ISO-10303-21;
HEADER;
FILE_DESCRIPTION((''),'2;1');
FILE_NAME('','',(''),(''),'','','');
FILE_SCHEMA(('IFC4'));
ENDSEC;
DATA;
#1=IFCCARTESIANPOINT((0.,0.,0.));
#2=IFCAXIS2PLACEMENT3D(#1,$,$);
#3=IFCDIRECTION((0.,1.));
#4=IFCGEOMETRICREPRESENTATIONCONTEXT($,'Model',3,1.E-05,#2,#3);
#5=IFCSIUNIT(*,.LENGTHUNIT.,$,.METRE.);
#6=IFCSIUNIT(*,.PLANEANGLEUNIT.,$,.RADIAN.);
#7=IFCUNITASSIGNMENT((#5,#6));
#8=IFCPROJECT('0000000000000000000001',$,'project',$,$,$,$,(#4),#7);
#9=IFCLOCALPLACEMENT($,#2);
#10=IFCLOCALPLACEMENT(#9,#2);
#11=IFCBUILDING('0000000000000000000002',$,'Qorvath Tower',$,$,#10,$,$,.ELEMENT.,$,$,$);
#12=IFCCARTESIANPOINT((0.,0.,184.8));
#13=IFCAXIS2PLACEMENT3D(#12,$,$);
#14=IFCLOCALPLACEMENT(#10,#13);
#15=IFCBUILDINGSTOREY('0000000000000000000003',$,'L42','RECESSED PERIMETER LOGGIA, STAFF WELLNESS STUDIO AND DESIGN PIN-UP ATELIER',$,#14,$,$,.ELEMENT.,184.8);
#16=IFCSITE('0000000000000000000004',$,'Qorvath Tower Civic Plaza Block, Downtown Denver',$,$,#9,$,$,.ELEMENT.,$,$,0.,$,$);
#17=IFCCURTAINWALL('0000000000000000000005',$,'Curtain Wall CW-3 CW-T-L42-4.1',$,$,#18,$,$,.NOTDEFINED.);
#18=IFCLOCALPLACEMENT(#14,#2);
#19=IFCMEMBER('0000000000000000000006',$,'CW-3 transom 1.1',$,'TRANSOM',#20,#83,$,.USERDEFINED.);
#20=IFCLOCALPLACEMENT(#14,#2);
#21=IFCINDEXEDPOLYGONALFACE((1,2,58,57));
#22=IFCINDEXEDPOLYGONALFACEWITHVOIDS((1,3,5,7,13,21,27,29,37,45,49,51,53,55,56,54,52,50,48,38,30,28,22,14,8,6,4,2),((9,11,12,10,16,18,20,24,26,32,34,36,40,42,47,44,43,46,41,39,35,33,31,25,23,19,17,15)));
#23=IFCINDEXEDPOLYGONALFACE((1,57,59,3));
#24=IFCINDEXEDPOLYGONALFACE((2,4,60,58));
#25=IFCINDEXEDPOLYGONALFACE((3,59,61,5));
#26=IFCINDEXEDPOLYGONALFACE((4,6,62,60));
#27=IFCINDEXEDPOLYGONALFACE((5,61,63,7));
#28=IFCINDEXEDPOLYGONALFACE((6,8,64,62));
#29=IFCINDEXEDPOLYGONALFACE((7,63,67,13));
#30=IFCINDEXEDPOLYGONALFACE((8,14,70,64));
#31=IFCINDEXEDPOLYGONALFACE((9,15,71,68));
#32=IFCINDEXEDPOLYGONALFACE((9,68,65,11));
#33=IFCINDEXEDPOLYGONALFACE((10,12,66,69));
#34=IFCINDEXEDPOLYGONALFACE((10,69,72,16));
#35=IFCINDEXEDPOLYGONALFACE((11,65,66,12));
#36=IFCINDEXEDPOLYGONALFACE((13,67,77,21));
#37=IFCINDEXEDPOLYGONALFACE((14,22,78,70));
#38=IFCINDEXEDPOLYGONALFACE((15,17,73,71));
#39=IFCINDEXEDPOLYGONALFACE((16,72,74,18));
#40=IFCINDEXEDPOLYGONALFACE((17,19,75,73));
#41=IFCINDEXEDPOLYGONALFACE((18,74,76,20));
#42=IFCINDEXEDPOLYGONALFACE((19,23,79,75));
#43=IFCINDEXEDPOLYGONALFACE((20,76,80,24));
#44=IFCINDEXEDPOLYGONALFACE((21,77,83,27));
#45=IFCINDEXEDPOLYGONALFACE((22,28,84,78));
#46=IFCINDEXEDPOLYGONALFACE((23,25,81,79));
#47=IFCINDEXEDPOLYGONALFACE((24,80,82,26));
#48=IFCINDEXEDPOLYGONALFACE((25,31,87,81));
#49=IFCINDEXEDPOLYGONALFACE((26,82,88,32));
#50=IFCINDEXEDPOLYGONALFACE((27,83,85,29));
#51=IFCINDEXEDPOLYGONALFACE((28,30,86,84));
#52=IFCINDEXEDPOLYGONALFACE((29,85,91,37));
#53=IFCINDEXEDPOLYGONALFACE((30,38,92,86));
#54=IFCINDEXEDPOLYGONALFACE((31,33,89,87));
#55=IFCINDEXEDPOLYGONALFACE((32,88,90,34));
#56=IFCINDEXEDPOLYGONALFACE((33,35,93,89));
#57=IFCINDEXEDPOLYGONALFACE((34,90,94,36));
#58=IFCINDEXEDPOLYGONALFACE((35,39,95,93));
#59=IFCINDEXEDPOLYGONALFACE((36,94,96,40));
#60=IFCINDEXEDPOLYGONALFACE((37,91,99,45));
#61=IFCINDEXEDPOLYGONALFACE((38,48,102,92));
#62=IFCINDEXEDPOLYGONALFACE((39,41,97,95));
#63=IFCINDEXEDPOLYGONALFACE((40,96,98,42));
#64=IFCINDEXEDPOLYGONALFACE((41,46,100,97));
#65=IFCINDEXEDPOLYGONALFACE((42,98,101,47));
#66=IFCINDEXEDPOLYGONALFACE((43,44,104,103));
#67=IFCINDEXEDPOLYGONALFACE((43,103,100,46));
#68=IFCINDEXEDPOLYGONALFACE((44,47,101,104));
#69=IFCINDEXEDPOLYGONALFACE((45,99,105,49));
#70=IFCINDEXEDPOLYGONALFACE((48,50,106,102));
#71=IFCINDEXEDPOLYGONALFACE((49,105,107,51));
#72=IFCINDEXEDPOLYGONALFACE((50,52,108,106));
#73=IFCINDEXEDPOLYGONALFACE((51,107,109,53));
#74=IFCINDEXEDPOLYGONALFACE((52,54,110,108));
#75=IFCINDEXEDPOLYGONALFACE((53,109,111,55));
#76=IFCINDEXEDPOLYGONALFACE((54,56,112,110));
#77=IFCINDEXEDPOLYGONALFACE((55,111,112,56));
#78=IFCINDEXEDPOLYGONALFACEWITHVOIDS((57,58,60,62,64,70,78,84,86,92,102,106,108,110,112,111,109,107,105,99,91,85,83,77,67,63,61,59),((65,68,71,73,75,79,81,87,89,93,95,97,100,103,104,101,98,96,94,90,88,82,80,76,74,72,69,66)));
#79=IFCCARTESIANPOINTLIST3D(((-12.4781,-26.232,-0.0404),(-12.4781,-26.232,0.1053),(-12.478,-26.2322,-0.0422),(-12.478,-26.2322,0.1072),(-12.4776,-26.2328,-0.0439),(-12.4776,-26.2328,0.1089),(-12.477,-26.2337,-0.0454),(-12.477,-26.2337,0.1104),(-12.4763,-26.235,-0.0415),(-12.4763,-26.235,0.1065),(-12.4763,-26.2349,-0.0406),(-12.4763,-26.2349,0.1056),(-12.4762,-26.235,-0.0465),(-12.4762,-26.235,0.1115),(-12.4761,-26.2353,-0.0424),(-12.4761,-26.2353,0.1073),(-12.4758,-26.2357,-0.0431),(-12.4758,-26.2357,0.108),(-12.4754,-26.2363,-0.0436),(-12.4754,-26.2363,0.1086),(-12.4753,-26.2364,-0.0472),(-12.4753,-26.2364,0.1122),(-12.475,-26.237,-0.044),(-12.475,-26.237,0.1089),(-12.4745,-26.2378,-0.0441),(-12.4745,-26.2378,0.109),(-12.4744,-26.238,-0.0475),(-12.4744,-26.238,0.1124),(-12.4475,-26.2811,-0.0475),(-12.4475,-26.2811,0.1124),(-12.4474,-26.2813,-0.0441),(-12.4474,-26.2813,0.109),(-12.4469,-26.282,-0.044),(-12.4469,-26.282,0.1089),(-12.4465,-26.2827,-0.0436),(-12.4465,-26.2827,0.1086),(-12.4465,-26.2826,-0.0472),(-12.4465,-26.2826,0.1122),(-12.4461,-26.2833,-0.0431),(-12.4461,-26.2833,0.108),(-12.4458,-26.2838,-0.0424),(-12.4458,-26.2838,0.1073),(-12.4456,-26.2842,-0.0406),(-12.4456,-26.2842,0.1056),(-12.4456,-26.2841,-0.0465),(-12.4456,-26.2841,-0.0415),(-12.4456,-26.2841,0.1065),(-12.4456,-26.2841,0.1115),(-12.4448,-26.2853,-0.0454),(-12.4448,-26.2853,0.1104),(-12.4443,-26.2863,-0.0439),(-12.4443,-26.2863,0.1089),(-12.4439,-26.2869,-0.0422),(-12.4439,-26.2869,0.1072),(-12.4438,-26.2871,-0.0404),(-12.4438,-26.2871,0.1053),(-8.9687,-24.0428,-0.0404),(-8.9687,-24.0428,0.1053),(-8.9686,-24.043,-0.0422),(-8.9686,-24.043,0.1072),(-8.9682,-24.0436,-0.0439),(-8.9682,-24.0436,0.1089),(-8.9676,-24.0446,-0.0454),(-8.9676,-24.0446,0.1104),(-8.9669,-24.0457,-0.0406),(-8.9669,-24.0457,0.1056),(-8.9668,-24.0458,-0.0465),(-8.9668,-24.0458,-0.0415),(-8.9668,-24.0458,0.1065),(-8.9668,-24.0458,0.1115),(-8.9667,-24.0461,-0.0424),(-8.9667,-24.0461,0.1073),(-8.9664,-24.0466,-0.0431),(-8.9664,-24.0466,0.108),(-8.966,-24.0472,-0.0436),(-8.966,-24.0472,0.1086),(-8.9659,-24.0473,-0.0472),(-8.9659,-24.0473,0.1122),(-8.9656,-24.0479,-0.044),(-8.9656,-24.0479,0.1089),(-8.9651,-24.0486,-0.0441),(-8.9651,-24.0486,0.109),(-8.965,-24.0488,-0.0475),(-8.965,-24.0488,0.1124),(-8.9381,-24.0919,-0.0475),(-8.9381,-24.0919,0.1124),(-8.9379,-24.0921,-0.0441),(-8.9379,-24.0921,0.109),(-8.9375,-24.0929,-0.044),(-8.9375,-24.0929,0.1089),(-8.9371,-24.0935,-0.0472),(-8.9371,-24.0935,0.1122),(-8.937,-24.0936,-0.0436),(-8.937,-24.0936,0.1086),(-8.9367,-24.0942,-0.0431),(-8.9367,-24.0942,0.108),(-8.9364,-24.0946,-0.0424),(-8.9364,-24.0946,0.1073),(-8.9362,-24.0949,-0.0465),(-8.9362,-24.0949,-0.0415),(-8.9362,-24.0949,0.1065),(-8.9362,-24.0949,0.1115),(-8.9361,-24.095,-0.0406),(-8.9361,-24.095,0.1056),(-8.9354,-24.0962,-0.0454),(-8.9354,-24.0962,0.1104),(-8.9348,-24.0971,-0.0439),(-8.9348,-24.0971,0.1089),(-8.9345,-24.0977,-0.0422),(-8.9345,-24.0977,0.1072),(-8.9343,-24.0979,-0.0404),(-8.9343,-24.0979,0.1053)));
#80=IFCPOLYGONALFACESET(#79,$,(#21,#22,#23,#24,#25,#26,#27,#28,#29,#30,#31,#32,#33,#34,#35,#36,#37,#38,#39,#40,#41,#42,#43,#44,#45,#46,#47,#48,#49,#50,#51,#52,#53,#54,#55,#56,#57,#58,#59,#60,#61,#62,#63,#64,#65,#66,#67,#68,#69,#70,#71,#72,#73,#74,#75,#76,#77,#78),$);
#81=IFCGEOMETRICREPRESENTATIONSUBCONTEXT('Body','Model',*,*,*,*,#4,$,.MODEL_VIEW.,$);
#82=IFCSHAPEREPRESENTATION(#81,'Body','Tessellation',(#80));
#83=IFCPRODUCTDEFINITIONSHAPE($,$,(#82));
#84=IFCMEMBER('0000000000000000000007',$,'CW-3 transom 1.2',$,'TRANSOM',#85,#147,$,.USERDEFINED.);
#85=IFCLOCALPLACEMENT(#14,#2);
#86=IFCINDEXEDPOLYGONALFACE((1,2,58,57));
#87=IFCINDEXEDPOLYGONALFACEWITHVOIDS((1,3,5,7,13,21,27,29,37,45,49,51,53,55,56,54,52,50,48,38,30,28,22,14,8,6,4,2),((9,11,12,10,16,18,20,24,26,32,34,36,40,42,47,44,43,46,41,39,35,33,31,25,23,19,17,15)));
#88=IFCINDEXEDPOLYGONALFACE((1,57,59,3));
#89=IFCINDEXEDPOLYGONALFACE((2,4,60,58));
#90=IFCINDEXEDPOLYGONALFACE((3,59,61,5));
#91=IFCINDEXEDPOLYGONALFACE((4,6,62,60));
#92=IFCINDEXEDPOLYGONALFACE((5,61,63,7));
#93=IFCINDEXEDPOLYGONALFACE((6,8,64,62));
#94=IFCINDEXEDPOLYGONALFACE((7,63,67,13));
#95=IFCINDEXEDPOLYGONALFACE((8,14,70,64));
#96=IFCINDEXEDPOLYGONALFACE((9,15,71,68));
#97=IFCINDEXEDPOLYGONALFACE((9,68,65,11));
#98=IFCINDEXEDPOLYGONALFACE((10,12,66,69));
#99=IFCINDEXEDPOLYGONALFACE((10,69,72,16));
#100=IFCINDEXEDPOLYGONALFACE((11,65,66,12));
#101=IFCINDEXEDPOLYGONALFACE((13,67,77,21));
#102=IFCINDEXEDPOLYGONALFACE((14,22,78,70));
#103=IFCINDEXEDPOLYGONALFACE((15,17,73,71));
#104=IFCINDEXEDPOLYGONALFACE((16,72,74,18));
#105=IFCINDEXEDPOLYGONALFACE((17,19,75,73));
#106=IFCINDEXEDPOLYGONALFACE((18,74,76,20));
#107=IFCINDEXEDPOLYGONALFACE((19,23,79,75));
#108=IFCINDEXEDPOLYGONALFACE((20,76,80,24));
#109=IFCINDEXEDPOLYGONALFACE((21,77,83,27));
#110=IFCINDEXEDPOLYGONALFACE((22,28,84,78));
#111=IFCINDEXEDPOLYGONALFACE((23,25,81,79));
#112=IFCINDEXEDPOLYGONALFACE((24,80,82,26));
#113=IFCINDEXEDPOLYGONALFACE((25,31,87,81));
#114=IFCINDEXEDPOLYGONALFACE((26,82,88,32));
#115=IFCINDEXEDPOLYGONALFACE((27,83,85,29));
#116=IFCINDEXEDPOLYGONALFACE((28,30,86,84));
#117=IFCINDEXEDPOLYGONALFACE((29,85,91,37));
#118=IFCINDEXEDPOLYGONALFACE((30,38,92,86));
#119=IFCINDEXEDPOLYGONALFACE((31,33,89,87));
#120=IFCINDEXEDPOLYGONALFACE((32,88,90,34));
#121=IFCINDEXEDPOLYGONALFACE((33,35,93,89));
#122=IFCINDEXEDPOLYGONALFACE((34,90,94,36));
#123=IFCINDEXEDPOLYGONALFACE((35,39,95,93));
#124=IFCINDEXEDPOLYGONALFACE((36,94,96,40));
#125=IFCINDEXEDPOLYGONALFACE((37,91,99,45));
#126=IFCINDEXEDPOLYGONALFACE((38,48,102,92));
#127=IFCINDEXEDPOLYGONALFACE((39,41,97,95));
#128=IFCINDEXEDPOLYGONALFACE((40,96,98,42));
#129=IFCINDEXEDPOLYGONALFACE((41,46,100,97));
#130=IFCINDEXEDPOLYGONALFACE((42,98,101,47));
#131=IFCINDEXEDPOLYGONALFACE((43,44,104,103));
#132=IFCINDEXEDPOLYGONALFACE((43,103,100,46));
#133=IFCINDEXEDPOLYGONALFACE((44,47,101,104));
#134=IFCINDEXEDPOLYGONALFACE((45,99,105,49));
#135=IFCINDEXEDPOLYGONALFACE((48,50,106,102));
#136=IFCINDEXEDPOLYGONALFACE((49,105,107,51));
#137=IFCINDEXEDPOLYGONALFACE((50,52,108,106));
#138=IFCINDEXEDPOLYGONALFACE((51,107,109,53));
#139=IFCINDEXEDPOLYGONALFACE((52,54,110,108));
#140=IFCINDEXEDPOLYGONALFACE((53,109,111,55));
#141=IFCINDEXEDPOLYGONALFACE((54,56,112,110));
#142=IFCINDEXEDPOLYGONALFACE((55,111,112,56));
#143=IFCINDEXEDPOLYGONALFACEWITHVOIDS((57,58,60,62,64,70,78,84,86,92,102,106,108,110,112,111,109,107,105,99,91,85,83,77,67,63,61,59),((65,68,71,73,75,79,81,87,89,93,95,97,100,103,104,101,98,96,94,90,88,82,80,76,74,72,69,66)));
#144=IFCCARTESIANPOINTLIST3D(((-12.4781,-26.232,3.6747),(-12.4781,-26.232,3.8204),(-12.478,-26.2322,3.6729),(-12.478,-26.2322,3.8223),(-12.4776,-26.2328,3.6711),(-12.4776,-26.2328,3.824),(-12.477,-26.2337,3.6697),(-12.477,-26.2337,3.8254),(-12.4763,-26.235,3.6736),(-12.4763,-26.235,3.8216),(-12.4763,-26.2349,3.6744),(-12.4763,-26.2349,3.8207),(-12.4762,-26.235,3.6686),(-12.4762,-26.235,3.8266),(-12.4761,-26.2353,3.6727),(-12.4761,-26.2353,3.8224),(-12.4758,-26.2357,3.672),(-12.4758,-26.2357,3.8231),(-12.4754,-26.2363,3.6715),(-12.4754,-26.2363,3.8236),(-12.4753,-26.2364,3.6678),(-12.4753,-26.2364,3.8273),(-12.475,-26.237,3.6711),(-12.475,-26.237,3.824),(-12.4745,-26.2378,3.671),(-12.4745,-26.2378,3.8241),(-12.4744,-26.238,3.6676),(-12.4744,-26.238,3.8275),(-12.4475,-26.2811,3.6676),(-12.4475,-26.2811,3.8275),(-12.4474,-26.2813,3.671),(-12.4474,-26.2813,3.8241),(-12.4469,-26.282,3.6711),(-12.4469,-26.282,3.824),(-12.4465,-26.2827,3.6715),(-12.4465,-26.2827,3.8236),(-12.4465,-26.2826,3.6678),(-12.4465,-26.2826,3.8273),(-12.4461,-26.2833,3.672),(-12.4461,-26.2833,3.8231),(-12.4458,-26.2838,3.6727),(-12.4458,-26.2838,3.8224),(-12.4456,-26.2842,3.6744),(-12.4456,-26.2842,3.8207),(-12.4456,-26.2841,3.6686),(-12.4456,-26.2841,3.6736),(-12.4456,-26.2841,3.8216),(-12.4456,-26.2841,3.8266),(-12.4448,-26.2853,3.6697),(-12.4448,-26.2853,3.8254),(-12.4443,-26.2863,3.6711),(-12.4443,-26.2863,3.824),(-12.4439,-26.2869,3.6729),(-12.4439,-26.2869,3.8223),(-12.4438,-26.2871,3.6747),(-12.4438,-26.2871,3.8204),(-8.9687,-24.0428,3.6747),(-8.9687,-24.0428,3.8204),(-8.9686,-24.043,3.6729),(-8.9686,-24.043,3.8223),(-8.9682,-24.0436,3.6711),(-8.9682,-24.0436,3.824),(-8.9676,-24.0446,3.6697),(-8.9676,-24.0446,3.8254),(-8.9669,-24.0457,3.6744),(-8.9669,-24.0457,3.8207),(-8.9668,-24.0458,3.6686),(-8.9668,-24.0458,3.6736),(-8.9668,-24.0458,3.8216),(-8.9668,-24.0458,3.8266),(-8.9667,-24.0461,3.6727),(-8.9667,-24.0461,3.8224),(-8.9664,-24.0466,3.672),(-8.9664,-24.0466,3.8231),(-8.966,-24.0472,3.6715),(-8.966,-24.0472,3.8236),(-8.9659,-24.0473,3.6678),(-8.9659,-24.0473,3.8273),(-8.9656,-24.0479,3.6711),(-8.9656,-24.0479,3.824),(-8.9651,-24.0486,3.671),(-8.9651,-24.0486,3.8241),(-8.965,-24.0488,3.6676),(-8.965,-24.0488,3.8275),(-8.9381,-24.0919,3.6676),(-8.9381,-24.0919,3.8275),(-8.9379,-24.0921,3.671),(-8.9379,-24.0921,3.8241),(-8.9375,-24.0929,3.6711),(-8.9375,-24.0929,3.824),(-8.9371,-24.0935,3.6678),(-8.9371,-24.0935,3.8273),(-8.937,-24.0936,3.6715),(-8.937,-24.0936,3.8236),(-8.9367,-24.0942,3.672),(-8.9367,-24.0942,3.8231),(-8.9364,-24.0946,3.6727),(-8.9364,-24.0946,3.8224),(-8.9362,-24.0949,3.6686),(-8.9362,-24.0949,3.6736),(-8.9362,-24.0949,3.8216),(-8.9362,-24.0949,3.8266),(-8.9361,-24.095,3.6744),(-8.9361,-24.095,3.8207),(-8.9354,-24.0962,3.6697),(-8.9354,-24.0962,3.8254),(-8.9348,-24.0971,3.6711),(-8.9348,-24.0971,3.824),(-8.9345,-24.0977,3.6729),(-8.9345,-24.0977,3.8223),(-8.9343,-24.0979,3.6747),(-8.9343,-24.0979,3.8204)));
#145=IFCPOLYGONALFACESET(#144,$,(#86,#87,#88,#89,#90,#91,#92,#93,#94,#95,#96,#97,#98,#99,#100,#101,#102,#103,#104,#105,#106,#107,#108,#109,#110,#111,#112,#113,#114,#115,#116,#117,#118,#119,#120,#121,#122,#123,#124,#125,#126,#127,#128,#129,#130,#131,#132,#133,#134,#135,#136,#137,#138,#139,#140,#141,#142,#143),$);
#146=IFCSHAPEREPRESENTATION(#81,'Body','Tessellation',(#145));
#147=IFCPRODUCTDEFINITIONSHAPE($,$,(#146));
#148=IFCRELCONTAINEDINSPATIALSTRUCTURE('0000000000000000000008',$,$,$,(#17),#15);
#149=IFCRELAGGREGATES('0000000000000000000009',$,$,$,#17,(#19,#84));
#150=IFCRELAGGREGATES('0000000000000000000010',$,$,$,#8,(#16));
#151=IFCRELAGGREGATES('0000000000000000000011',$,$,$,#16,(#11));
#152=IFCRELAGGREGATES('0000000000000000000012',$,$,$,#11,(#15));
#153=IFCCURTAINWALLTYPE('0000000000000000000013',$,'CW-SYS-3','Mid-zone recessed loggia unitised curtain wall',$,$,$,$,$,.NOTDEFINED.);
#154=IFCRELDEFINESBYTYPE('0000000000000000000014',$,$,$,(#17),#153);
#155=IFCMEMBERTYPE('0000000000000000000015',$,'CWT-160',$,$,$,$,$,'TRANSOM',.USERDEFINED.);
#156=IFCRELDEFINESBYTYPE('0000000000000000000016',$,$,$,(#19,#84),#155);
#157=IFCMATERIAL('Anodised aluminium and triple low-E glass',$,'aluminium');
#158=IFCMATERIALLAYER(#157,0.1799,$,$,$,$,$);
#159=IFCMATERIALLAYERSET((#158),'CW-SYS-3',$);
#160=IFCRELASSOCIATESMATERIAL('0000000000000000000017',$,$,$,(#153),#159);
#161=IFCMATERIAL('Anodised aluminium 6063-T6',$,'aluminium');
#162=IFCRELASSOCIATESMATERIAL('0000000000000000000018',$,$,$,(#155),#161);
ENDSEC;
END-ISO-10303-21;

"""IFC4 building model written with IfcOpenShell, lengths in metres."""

from ifc_helpers import new_model, si_unit, direction, frame, origin, origin_2d, place, context, subcontext, project, spatial, hollow_rectangle, extrude, material, layer, layer_set, material_profile, profile_set, type_object, element, aggregate, save


model = new_model("IFC4")

# Units and contexts
model_context = context("Model", 3, precision=1e-05, world=origin(), true_north=direction((0.0, 1.0)))
body_context = subcontext(model_context, "Body", "Model", "MODEL_VIEW")
ifc_project = project(units=[si_unit("LENGTHUNIT", "METRE"), si_unit("PLANEANGLEUNIT", "RADIAN")], contexts=[model_context])

# Site, building, storey
site_placement = place(None, origin())
site = spatial("IfcSite", under=ifc_project, at=site_placement, Name="Qorvath Tower Civic Plaza Block, Downtown Denver", CompositionType="ELEMENT", RefElevation=0.0)
building_placement = place(site_placement, origin())
building = spatial("IfcBuilding", under=site, at=building_placement, Name="Qorvath Tower", CompositionType="ELEMENT")
storey_placement = place(building_placement, frame((0.0, 0.0, 184.8)))
storey = spatial("IfcBuildingStorey", under=building, at=storey_placement, Name="L42", Description="RECESSED PERIMETER LOGGIA, STAFF WELLNESS STUDIO AND DESIGN PIN-UP ATELIER", CompositionType="ELEMENT", Elevation=184.8)

# Shared definitions
ifc_material_1 = material(Name="Anodised aluminium and triple low-E glass", Category="aluminium")
ifc_layer_1 = layer(ifc_material_1, 0.1799)
ifc_layer_set_1 = layer_set([ifc_layer_1], Name="CW-SYS-3")
curtain_wall_type = type_object("IfcCurtainWallType", Name="CW-SYS-3", Description="Mid-zone recessed loggia unitised curtain wall", PredefinedType="NOTDEFINED", material=ifc_layer_set_1)

# Curtain wall
curtain_wall_1_placement = place(storey_placement, origin())
curtain_wall_1 = element("IfcCurtainWall", 1, at=curtain_wall_1_placement, inside=storey, type_object=curtain_wall_type, Name="Curtain Wall CW-3 CW-T-L42-4.1", PredefinedType="NOTDEFINED")

# Members
ifc_material_2 = material(Name="Anodised aluminium 6063-T6", Category="aluminium")
ifc_material_profile_1 = material_profile(ifc_material_2, hollow_rectangle(XDim=0.0649, YDim=0.1599, WallThickness=0.0034, InnerFilletRadius=0.0034, OuterFilletRadius=0.0071, at=origin_2d()), Name="CWT 160x65")
ifc_profile_set_1 = profile_set([ifc_material_profile_1], Name="Anodised aluminium 6063-T6")
member_type_1 = type_object("IfcMemberType", Name="CWT-160", ElementType="TRANSOM", PredefinedType="USERDEFINED", material=ifc_profile_set_1)
member_1_placement = place(storey_placement, frame((-12.4609, -26.2595, 0.0325), z_axis=(0.848459, 0.529261, 0.0), x_axis=(-0.529261, 0.848459, 0.0)))
member_1 = element("IfcMember", 2, at=member_1_placement, type_object=member_type_1, Name="CW-3 transom 1.1", ObjectType="TRANSOM", PredefinedType="USERDEFINED", context=body_context, shape_type="SweptSolid", body=[
    extrude(hollow_rectangle(XDim=0.0649, YDim=0.1599, WallThickness=0.0034, InnerFilletRadius=0.0034, OuterFilletRadius=0.0071, at=origin_2d()), origin(), (0.0, 0.0, 1.0), 4.1362),
])
member_2_placement = place(storey_placement, frame((-12.4609, -26.2595, 3.7476), z_axis=(0.848459, 0.529261, 0.0), x_axis=(-0.529261, 0.848459, 0.0)))
member_2 = element("IfcMember", 3, at=member_2_placement, type_object=member_type_1, Name="CW-3 transom 1.2", ObjectType="TRANSOM", PredefinedType="USERDEFINED", context=body_context, shape_type="SweptSolid", body=[
    extrude(hollow_rectangle(XDim=0.0649, YDim=0.1599, WallThickness=0.0034, InnerFilletRadius=0.0034, OuterFilletRadius=0.0071, at=origin_2d()), origin(), (0.0, 0.0, 1.0), 4.1362),
])

aggregate(curtain_wall_1, [member_1, member_2])

save(model, "model.ifc")
